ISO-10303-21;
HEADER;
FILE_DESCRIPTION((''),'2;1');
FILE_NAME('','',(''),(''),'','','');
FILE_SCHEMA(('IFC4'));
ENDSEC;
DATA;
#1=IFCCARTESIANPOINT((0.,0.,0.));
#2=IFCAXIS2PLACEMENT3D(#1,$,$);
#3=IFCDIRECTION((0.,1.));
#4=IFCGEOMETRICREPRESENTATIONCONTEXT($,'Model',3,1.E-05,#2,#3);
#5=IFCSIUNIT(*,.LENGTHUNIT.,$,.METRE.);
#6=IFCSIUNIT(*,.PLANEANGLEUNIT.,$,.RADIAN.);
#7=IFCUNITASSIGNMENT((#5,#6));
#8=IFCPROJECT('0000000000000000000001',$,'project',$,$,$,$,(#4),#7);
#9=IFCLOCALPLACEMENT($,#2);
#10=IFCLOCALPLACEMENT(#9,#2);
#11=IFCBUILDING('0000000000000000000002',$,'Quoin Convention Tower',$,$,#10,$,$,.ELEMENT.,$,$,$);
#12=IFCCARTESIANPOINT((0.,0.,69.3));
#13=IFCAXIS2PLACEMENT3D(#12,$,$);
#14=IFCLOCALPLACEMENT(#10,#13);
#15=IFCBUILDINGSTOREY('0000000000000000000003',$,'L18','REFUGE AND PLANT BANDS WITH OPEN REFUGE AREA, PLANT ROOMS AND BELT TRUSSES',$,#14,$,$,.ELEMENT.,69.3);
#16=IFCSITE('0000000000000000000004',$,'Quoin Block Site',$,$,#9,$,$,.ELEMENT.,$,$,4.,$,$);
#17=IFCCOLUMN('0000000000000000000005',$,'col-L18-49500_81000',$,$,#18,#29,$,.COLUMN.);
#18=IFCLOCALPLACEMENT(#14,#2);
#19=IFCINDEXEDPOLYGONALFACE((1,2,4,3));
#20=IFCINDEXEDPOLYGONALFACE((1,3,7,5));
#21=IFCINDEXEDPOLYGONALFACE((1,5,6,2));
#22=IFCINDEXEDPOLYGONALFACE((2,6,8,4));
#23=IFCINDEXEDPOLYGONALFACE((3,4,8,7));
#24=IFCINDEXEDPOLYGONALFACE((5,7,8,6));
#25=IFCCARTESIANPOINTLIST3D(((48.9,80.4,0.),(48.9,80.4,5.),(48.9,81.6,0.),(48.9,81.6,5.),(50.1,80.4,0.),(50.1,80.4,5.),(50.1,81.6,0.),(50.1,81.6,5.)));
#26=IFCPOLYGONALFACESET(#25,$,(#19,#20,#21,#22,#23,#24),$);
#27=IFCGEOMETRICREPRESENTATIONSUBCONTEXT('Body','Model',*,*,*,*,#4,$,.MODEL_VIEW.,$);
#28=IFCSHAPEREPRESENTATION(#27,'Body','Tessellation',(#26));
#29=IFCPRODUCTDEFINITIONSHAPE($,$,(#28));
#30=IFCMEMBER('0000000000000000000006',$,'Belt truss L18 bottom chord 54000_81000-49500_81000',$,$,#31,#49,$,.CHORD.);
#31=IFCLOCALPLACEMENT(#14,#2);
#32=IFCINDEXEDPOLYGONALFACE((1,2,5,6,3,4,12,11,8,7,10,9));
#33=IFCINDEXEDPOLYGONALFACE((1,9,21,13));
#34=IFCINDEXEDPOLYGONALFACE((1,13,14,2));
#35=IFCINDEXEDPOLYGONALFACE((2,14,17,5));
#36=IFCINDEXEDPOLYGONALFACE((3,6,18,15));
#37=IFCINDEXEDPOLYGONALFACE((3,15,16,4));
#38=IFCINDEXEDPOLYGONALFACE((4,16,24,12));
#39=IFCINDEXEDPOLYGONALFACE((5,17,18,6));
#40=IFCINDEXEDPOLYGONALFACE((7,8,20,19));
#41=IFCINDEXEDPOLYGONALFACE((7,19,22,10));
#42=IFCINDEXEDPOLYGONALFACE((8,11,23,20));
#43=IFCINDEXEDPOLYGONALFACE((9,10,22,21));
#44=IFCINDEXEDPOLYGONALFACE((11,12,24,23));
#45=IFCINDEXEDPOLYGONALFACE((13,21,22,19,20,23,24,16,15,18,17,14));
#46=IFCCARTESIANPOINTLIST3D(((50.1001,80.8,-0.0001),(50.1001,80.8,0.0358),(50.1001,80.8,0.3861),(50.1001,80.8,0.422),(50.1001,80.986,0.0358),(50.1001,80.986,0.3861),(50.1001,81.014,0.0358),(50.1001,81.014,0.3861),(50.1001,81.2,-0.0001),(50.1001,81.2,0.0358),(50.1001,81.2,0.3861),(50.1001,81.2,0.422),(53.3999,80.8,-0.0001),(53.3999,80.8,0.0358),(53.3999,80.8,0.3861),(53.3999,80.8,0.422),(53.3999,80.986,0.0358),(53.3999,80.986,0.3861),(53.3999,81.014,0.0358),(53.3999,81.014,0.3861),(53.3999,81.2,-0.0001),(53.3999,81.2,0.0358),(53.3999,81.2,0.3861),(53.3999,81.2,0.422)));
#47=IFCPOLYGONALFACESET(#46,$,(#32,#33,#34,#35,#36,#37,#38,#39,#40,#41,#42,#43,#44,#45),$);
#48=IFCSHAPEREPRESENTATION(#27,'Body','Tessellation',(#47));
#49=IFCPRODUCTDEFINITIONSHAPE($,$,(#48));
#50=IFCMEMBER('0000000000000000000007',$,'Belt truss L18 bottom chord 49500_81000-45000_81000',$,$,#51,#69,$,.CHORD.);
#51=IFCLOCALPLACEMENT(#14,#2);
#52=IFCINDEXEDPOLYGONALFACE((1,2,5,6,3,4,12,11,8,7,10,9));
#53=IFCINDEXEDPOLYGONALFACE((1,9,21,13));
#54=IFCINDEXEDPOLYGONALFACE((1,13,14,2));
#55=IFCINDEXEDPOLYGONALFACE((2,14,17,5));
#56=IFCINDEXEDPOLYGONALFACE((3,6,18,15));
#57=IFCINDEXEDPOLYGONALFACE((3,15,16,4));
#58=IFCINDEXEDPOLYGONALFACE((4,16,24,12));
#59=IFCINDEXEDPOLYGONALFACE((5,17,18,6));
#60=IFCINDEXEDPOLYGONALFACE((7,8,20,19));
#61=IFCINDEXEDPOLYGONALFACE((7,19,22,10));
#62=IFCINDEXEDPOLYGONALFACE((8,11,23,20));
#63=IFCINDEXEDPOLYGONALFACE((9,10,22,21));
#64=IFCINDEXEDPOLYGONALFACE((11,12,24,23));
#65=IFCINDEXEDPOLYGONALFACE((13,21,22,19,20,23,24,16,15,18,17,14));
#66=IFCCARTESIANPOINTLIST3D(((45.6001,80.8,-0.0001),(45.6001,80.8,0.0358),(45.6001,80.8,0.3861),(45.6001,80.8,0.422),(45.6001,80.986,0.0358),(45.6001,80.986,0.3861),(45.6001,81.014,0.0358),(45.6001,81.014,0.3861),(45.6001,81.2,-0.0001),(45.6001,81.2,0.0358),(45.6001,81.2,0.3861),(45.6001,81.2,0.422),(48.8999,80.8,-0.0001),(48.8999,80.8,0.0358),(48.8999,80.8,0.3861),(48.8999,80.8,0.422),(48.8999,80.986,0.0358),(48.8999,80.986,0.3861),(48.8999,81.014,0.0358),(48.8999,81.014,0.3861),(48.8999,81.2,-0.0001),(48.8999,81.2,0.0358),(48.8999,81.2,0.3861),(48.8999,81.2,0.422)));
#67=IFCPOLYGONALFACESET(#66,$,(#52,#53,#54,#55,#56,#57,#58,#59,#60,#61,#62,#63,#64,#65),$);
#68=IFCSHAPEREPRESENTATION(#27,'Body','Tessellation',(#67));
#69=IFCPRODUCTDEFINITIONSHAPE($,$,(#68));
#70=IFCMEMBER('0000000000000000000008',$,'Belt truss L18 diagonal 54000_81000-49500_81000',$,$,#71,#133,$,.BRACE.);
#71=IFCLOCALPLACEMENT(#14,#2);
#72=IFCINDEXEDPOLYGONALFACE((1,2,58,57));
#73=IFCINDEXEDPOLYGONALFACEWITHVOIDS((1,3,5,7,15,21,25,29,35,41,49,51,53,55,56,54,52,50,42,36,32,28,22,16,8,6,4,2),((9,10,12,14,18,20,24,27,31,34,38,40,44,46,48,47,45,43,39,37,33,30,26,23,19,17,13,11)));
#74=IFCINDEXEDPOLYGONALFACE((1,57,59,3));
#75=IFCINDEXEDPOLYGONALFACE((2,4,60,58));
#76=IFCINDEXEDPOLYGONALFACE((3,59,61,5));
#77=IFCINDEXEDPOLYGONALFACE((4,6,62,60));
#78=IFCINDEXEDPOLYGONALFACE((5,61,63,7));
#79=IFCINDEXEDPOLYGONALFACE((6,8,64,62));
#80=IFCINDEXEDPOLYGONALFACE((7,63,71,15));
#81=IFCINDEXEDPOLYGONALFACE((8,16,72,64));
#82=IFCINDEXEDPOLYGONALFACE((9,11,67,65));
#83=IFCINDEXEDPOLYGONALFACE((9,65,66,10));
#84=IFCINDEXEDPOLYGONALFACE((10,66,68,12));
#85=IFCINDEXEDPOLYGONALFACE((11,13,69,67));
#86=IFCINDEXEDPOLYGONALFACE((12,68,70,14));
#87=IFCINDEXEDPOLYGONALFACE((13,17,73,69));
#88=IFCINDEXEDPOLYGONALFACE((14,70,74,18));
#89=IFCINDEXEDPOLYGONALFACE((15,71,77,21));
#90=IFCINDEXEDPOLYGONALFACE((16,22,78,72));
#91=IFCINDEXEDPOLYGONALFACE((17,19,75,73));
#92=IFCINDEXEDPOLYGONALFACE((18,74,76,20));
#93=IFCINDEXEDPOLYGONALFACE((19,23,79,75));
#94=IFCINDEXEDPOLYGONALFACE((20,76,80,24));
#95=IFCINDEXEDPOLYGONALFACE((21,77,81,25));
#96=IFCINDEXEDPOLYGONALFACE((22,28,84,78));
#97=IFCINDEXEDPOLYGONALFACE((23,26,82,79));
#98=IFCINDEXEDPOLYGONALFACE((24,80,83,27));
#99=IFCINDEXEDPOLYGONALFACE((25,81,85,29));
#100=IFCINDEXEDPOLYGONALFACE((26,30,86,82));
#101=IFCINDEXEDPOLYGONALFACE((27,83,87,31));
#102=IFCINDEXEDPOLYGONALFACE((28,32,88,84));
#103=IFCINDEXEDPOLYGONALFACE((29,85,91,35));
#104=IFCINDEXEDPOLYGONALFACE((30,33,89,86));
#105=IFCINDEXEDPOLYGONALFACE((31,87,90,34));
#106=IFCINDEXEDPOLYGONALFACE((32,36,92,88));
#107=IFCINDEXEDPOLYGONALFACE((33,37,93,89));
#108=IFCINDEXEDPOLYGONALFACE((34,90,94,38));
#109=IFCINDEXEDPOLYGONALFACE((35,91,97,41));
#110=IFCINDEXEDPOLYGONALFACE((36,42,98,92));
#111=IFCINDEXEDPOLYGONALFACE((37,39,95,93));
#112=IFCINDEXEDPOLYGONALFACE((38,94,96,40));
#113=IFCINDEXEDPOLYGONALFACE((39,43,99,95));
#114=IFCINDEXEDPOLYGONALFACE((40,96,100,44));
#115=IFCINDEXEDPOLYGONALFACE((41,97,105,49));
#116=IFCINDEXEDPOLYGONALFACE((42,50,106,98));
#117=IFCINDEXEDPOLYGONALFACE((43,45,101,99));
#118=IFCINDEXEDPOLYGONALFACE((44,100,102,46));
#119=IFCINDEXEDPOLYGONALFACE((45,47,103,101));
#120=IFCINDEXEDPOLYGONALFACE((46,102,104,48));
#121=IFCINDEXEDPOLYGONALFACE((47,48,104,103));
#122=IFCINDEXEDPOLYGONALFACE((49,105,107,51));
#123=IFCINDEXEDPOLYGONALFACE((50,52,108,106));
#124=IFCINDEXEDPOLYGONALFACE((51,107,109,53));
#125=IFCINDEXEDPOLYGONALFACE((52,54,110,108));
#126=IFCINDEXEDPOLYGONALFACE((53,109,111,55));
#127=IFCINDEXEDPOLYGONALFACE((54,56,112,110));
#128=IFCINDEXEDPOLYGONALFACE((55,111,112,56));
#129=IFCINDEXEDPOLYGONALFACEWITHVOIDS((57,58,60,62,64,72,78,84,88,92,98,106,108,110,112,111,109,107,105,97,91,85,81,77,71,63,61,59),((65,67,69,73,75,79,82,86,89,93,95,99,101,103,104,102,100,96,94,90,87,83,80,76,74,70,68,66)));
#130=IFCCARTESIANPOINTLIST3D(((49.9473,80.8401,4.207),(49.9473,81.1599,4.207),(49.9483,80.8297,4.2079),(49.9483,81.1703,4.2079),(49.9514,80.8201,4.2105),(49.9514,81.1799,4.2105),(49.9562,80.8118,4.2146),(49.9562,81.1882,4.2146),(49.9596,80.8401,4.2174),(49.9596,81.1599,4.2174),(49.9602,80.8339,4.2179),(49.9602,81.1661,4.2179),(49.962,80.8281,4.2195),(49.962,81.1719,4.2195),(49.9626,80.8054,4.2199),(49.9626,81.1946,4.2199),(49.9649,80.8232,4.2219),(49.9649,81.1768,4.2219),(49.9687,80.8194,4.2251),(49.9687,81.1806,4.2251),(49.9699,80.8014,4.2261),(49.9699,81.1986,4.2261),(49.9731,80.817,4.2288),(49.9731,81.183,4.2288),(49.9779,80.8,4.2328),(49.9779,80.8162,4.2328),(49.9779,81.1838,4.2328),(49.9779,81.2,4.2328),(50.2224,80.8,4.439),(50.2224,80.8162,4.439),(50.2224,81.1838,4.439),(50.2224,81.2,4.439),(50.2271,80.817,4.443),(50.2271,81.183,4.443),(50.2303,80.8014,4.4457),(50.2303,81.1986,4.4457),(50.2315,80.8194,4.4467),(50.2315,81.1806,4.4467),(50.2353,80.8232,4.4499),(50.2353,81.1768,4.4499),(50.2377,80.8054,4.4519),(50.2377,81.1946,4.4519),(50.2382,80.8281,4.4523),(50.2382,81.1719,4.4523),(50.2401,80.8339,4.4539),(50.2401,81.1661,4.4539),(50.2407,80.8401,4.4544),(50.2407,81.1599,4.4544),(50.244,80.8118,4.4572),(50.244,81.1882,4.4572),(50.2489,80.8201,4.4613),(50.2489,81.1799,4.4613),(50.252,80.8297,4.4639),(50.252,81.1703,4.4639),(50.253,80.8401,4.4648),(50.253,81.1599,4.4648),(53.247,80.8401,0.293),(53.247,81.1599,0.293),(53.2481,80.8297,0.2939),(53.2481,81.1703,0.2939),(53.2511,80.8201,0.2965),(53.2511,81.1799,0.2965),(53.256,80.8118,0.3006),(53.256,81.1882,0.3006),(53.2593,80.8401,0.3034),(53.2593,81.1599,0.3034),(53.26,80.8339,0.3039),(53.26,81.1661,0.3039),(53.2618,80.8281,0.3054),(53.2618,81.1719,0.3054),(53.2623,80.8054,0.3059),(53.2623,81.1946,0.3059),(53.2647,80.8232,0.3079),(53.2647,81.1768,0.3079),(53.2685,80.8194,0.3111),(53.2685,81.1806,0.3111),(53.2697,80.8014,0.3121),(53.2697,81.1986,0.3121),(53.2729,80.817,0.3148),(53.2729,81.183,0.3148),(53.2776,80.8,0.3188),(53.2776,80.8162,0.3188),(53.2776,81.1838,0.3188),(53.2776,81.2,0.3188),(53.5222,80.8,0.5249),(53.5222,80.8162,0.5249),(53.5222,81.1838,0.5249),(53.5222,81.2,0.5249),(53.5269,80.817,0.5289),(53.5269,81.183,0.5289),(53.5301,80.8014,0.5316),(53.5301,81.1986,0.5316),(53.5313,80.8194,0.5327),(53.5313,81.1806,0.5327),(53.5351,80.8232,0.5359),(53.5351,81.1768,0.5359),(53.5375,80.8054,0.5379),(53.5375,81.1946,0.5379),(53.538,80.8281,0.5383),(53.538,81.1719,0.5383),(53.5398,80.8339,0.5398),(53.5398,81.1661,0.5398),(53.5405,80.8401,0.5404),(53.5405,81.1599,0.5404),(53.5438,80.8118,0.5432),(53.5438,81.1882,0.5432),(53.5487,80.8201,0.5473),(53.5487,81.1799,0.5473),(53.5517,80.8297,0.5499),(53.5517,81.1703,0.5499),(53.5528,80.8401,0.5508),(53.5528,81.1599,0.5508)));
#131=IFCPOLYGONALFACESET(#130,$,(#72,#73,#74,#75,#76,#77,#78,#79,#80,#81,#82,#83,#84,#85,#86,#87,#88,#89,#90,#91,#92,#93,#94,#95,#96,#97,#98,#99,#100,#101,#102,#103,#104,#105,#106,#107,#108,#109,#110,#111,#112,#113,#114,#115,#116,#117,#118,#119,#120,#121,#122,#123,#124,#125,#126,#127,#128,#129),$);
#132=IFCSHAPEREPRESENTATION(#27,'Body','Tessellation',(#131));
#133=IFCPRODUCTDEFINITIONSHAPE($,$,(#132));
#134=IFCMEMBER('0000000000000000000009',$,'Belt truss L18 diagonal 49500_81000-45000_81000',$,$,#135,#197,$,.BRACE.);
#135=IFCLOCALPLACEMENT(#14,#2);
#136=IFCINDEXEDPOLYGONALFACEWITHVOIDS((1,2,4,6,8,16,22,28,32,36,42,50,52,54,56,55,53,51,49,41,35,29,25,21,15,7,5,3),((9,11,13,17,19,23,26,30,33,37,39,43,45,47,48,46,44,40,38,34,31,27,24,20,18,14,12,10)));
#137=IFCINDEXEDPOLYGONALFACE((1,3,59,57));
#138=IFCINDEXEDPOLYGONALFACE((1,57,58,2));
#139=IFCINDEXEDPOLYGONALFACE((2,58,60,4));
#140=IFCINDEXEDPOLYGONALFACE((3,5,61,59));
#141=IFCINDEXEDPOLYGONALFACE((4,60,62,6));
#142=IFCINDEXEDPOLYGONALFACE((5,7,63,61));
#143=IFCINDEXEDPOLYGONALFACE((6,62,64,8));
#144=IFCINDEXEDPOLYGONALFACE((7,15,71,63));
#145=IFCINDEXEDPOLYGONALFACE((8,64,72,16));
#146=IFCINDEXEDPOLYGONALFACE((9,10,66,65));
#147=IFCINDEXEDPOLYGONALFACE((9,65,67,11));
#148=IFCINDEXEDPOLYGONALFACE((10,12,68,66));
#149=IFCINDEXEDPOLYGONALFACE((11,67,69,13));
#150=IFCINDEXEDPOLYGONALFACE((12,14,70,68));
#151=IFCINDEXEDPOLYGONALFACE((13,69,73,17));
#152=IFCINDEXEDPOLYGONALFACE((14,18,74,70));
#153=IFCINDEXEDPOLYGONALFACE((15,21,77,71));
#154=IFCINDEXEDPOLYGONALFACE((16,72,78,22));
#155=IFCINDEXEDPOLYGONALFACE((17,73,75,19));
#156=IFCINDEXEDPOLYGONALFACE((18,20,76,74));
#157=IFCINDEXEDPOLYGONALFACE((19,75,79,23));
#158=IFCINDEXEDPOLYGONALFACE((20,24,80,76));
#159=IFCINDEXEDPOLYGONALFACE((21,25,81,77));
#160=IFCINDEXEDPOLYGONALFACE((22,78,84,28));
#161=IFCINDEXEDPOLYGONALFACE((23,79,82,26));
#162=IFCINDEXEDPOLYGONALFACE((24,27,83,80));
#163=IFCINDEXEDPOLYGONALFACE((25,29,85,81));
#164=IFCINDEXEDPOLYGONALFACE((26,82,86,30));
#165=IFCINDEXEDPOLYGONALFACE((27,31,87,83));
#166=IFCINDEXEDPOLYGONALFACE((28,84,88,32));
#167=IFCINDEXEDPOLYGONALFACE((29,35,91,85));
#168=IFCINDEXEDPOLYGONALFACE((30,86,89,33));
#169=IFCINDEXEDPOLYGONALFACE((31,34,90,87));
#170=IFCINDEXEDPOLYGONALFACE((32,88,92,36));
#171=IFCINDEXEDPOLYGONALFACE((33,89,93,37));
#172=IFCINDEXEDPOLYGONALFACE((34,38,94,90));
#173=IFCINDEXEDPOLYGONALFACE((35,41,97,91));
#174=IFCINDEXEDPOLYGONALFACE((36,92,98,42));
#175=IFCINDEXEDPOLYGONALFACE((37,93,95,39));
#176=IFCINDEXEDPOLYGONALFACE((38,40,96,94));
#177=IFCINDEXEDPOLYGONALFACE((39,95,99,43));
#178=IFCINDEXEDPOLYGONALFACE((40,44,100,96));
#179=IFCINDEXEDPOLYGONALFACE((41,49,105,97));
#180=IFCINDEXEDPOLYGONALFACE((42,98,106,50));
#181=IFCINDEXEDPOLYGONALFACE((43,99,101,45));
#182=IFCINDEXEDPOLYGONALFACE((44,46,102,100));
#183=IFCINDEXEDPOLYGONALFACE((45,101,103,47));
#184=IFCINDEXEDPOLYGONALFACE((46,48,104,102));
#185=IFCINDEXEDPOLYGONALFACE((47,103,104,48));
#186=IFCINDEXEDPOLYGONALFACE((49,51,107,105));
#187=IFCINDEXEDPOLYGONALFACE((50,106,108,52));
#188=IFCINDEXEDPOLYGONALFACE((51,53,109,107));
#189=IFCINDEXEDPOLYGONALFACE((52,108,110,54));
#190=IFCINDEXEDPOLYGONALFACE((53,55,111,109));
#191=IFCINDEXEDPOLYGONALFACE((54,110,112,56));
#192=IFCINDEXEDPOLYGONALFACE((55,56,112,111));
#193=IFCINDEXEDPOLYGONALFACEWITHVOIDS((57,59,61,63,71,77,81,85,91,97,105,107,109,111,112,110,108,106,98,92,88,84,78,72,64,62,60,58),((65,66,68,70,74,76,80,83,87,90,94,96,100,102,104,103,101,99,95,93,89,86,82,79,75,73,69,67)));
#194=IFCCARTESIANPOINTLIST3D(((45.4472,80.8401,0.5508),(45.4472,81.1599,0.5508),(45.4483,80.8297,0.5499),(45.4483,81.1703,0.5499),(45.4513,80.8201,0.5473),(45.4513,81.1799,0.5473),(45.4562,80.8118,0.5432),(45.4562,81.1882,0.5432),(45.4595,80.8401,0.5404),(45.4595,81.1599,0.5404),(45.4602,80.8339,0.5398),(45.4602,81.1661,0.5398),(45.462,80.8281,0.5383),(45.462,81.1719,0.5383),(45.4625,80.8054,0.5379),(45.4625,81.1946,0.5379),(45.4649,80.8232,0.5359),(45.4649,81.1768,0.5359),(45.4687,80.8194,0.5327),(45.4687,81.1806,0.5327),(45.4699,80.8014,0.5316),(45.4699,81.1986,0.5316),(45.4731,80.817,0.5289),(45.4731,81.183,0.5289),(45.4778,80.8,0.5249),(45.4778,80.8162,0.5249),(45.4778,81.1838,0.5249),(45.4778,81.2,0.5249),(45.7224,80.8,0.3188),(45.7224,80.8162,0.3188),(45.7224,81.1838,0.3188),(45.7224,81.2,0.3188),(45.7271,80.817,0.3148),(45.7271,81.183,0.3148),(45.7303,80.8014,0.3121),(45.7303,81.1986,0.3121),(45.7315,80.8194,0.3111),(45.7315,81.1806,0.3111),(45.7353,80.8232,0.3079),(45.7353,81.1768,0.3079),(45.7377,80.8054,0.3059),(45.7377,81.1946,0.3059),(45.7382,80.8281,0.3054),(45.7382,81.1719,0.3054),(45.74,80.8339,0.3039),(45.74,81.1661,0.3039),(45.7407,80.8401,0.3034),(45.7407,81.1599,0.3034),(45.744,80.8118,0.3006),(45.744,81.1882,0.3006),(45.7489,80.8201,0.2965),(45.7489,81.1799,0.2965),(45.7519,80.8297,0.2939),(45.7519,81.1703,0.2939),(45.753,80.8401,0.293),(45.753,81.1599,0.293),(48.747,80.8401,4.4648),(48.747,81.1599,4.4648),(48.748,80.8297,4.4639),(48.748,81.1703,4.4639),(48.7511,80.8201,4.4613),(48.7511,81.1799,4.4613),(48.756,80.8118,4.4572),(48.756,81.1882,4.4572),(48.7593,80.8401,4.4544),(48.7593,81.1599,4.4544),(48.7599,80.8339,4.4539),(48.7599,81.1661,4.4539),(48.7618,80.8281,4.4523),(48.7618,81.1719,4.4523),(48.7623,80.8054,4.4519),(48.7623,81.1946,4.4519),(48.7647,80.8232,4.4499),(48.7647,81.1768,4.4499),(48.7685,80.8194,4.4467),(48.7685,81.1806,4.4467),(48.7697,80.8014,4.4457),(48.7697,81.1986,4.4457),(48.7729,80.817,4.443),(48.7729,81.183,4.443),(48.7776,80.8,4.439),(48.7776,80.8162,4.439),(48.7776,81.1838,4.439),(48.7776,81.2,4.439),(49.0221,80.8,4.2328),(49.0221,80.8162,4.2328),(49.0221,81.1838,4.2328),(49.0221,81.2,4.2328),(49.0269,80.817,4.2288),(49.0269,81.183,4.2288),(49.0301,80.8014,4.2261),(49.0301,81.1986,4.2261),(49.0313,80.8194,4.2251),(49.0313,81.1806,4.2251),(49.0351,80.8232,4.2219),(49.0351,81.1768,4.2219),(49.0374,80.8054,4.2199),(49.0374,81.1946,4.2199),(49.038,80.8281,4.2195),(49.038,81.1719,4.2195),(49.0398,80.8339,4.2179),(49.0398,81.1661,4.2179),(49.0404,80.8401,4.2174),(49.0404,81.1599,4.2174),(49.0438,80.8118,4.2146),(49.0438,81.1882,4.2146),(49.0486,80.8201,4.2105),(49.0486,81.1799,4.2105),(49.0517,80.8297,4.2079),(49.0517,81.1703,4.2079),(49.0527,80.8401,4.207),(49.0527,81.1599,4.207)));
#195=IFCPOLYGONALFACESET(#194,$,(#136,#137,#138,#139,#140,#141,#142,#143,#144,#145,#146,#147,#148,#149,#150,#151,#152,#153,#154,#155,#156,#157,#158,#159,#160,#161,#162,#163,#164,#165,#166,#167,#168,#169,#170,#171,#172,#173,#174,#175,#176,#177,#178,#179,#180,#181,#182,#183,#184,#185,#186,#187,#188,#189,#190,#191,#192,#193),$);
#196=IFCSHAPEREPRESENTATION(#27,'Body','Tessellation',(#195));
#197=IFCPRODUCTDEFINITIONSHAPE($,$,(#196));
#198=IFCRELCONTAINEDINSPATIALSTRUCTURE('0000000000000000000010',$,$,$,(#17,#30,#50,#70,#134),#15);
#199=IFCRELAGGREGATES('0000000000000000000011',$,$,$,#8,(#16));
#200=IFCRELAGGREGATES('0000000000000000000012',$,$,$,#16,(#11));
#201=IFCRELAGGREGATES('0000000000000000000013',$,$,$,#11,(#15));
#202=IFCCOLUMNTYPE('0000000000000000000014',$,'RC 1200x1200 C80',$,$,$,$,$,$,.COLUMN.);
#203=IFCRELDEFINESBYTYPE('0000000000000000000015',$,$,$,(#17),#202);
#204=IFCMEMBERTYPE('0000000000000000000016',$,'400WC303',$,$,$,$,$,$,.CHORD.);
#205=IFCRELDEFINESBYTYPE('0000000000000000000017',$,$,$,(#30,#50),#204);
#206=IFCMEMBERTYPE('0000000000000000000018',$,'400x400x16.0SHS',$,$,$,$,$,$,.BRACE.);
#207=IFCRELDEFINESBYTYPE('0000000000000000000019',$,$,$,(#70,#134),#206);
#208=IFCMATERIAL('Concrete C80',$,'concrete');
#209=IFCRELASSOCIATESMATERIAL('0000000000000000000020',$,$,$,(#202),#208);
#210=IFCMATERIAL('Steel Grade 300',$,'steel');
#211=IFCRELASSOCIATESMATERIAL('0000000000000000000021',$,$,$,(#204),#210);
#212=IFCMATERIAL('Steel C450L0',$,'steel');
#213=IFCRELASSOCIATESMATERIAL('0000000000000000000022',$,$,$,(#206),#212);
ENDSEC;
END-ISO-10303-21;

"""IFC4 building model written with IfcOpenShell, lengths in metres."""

from ifc_helpers import new_model, si_unit, direction, frame, origin, origin_2d, place, context, subcontext, project, spatial, rectangle, hollow_rectangle, i_section, extrude, material, material_profile, profile_set, type_object, element, save


model = new_model("IFC4")

# Units and contexts
model_context = context("Model", 3, precision=1e-05, world=origin(), true_north=direction((0.0, 1.0)))
body_context = subcontext(model_context, "Body", "Model", "MODEL_VIEW")
ifc_project = project(units=[si_unit("LENGTHUNIT", "METRE"), si_unit("PLANEANGLEUNIT", "RADIAN")], contexts=[model_context])

# Site, building, storey
site_placement = place(None, origin())
site = spatial("IfcSite", under=ifc_project, at=site_placement, Name="Quoin Block Site", CompositionType="ELEMENT", RefElevation=4.0)
building_placement = place(site_placement, origin())
building = spatial("IfcBuilding", under=site, at=building_placement, Name="Quoin Convention Tower", CompositionType="ELEMENT")
storey_placement = place(building_placement, frame((0.0, 0.0, 69.3)))
storey = spatial("IfcBuildingStorey", under=building, at=storey_placement, Name="L18", Description="REFUGE AND PLANT BANDS WITH OPEN REFUGE AREA, PLANT ROOMS AND BELT TRUSSES", CompositionType="ELEMENT", Elevation=69.3)

# Column
ifc_material_1 = material(Name="Concrete C80", Category="concrete")
ifc_material_profile_1 = material_profile(ifc_material_1, rectangle(XDim=1.2, YDim=1.2, at=origin_2d()), Name="RC 1200x1200")
ifc_profile_set_1 = profile_set([ifc_material_profile_1], Name="Concrete C80")
column_type = type_object("IfcColumnType", Name="RC 1200x1200 C80", PredefinedType="COLUMN", material=ifc_profile_set_1)
column_placement = place(storey_placement, frame((49.5, 81.0, 0.0), z_axis=(0.0, 0.0, 1.0), x_axis=(1.0, 0.0, 0.0)))
element("IfcColumn", 1, at=column_placement, inside=storey, type_object=column_type, Name="col-L18-49500_81000", PredefinedType="COLUMN", context=body_context, shape_type="SweptSolid", body=[
    extrude(rectangle(XDim=1.2, YDim=1.2, at=origin_2d()), origin(), (0.0, 0.0, 1.0), 5.0),
])

# Members
ifc_material_2 = material(Name="Steel Grade 300", Category="steel")
ifc_material_profile_2 = material_profile(ifc_material_2, i_section(OverallWidth=0.3999, OverallDepth=0.4221, WebThickness=0.0281, FlangeThickness=0.0359, at=origin_2d()), Name="400WC303")
ifc_profile_set_2 = profile_set([ifc_material_profile_2], Name="Steel Grade 300")
member_type_1 = type_object("IfcMemberType", Name="400WC303", PredefinedType="CHORD", material=ifc_profile_set_2)
for number, where, z_axis, x_axis, name in (
    (2, (53.3999, 81.0, 0.2109), (-1.0, 0.0, 0.0), (0.0, -1.0, 0.0), "Belt truss L18 bottom chord 54000_81000-49500_81000"),
    (3, (48.8999, 81.0, 0.2109), (-1.0, 0.0, 0.0), (0.0, -1.0, 0.0), "Belt truss L18 bottom chord 49500_81000-45000_81000"),
):
    element("IfcMember", number, at=place(storey_placement, frame(where, z_axis=z_axis, x_axis=x_axis)), inside=storey, type_object=member_type_1, Name=name, PredefinedType="CHORD", context=body_context, shape_type="SweptSolid", body=[
        extrude(i_section(OverallWidth=0.3999, OverallDepth=0.4221, WebThickness=0.0281, FlangeThickness=0.0359, at=origin_2d()), origin(), (0.0, 0.0, 1.0), 3.2998),
    ])
ifc_material_3 = material(Name="Steel C450L0", Category="steel")
ifc_material_profile_3 = material_profile(ifc_material_3, hollow_rectangle(XDim=0.3999, YDim=0.3999, WallThickness=0.0161, InnerFilletRadius=0.0239, OuterFilletRadius=0.04, at=origin_2d()), Name="400x400x16.0SHS")
ifc_profile_set_3 = profile_set([ifc_material_profile_3], Name="Steel C450L0")
member_type_2 = type_object("IfcMemberType", Name="400x400x16.0SHS", PredefinedType="BRACE", material=ifc_profile_set_3)
for number, where, z_axis, x_axis, name in (
    (4, (53.3999, 81.0, 0.4219), (-0.644564, 0.0, 0.76455), (0.0, -1.0, 0.0), "Belt truss L18 diagonal 54000_81000-49500_81000"),
    (5, (45.6001, 81.0, 0.4219), (0.644564, 0.0, 0.76455), (0.0, 1.0, 0.0), "Belt truss L18 diagonal 49500_81000-45000_81000"),
):
    element("IfcMember", number, at=place(storey_placement, frame(where, z_axis=z_axis, x_axis=x_axis)), inside=storey, type_object=member_type_2, Name=name, PredefinedType="BRACE", context=body_context, shape_type="SweptSolid", body=[
        extrude(hollow_rectangle(XDim=0.3999, YDim=0.3999, WallThickness=0.0161, InnerFilletRadius=0.0239, OuterFilletRadius=0.04, at=origin_2d()), origin(), (0.0, 0.0, 1.0), 5.1194),
    ])

save(model, "model.ifc")
